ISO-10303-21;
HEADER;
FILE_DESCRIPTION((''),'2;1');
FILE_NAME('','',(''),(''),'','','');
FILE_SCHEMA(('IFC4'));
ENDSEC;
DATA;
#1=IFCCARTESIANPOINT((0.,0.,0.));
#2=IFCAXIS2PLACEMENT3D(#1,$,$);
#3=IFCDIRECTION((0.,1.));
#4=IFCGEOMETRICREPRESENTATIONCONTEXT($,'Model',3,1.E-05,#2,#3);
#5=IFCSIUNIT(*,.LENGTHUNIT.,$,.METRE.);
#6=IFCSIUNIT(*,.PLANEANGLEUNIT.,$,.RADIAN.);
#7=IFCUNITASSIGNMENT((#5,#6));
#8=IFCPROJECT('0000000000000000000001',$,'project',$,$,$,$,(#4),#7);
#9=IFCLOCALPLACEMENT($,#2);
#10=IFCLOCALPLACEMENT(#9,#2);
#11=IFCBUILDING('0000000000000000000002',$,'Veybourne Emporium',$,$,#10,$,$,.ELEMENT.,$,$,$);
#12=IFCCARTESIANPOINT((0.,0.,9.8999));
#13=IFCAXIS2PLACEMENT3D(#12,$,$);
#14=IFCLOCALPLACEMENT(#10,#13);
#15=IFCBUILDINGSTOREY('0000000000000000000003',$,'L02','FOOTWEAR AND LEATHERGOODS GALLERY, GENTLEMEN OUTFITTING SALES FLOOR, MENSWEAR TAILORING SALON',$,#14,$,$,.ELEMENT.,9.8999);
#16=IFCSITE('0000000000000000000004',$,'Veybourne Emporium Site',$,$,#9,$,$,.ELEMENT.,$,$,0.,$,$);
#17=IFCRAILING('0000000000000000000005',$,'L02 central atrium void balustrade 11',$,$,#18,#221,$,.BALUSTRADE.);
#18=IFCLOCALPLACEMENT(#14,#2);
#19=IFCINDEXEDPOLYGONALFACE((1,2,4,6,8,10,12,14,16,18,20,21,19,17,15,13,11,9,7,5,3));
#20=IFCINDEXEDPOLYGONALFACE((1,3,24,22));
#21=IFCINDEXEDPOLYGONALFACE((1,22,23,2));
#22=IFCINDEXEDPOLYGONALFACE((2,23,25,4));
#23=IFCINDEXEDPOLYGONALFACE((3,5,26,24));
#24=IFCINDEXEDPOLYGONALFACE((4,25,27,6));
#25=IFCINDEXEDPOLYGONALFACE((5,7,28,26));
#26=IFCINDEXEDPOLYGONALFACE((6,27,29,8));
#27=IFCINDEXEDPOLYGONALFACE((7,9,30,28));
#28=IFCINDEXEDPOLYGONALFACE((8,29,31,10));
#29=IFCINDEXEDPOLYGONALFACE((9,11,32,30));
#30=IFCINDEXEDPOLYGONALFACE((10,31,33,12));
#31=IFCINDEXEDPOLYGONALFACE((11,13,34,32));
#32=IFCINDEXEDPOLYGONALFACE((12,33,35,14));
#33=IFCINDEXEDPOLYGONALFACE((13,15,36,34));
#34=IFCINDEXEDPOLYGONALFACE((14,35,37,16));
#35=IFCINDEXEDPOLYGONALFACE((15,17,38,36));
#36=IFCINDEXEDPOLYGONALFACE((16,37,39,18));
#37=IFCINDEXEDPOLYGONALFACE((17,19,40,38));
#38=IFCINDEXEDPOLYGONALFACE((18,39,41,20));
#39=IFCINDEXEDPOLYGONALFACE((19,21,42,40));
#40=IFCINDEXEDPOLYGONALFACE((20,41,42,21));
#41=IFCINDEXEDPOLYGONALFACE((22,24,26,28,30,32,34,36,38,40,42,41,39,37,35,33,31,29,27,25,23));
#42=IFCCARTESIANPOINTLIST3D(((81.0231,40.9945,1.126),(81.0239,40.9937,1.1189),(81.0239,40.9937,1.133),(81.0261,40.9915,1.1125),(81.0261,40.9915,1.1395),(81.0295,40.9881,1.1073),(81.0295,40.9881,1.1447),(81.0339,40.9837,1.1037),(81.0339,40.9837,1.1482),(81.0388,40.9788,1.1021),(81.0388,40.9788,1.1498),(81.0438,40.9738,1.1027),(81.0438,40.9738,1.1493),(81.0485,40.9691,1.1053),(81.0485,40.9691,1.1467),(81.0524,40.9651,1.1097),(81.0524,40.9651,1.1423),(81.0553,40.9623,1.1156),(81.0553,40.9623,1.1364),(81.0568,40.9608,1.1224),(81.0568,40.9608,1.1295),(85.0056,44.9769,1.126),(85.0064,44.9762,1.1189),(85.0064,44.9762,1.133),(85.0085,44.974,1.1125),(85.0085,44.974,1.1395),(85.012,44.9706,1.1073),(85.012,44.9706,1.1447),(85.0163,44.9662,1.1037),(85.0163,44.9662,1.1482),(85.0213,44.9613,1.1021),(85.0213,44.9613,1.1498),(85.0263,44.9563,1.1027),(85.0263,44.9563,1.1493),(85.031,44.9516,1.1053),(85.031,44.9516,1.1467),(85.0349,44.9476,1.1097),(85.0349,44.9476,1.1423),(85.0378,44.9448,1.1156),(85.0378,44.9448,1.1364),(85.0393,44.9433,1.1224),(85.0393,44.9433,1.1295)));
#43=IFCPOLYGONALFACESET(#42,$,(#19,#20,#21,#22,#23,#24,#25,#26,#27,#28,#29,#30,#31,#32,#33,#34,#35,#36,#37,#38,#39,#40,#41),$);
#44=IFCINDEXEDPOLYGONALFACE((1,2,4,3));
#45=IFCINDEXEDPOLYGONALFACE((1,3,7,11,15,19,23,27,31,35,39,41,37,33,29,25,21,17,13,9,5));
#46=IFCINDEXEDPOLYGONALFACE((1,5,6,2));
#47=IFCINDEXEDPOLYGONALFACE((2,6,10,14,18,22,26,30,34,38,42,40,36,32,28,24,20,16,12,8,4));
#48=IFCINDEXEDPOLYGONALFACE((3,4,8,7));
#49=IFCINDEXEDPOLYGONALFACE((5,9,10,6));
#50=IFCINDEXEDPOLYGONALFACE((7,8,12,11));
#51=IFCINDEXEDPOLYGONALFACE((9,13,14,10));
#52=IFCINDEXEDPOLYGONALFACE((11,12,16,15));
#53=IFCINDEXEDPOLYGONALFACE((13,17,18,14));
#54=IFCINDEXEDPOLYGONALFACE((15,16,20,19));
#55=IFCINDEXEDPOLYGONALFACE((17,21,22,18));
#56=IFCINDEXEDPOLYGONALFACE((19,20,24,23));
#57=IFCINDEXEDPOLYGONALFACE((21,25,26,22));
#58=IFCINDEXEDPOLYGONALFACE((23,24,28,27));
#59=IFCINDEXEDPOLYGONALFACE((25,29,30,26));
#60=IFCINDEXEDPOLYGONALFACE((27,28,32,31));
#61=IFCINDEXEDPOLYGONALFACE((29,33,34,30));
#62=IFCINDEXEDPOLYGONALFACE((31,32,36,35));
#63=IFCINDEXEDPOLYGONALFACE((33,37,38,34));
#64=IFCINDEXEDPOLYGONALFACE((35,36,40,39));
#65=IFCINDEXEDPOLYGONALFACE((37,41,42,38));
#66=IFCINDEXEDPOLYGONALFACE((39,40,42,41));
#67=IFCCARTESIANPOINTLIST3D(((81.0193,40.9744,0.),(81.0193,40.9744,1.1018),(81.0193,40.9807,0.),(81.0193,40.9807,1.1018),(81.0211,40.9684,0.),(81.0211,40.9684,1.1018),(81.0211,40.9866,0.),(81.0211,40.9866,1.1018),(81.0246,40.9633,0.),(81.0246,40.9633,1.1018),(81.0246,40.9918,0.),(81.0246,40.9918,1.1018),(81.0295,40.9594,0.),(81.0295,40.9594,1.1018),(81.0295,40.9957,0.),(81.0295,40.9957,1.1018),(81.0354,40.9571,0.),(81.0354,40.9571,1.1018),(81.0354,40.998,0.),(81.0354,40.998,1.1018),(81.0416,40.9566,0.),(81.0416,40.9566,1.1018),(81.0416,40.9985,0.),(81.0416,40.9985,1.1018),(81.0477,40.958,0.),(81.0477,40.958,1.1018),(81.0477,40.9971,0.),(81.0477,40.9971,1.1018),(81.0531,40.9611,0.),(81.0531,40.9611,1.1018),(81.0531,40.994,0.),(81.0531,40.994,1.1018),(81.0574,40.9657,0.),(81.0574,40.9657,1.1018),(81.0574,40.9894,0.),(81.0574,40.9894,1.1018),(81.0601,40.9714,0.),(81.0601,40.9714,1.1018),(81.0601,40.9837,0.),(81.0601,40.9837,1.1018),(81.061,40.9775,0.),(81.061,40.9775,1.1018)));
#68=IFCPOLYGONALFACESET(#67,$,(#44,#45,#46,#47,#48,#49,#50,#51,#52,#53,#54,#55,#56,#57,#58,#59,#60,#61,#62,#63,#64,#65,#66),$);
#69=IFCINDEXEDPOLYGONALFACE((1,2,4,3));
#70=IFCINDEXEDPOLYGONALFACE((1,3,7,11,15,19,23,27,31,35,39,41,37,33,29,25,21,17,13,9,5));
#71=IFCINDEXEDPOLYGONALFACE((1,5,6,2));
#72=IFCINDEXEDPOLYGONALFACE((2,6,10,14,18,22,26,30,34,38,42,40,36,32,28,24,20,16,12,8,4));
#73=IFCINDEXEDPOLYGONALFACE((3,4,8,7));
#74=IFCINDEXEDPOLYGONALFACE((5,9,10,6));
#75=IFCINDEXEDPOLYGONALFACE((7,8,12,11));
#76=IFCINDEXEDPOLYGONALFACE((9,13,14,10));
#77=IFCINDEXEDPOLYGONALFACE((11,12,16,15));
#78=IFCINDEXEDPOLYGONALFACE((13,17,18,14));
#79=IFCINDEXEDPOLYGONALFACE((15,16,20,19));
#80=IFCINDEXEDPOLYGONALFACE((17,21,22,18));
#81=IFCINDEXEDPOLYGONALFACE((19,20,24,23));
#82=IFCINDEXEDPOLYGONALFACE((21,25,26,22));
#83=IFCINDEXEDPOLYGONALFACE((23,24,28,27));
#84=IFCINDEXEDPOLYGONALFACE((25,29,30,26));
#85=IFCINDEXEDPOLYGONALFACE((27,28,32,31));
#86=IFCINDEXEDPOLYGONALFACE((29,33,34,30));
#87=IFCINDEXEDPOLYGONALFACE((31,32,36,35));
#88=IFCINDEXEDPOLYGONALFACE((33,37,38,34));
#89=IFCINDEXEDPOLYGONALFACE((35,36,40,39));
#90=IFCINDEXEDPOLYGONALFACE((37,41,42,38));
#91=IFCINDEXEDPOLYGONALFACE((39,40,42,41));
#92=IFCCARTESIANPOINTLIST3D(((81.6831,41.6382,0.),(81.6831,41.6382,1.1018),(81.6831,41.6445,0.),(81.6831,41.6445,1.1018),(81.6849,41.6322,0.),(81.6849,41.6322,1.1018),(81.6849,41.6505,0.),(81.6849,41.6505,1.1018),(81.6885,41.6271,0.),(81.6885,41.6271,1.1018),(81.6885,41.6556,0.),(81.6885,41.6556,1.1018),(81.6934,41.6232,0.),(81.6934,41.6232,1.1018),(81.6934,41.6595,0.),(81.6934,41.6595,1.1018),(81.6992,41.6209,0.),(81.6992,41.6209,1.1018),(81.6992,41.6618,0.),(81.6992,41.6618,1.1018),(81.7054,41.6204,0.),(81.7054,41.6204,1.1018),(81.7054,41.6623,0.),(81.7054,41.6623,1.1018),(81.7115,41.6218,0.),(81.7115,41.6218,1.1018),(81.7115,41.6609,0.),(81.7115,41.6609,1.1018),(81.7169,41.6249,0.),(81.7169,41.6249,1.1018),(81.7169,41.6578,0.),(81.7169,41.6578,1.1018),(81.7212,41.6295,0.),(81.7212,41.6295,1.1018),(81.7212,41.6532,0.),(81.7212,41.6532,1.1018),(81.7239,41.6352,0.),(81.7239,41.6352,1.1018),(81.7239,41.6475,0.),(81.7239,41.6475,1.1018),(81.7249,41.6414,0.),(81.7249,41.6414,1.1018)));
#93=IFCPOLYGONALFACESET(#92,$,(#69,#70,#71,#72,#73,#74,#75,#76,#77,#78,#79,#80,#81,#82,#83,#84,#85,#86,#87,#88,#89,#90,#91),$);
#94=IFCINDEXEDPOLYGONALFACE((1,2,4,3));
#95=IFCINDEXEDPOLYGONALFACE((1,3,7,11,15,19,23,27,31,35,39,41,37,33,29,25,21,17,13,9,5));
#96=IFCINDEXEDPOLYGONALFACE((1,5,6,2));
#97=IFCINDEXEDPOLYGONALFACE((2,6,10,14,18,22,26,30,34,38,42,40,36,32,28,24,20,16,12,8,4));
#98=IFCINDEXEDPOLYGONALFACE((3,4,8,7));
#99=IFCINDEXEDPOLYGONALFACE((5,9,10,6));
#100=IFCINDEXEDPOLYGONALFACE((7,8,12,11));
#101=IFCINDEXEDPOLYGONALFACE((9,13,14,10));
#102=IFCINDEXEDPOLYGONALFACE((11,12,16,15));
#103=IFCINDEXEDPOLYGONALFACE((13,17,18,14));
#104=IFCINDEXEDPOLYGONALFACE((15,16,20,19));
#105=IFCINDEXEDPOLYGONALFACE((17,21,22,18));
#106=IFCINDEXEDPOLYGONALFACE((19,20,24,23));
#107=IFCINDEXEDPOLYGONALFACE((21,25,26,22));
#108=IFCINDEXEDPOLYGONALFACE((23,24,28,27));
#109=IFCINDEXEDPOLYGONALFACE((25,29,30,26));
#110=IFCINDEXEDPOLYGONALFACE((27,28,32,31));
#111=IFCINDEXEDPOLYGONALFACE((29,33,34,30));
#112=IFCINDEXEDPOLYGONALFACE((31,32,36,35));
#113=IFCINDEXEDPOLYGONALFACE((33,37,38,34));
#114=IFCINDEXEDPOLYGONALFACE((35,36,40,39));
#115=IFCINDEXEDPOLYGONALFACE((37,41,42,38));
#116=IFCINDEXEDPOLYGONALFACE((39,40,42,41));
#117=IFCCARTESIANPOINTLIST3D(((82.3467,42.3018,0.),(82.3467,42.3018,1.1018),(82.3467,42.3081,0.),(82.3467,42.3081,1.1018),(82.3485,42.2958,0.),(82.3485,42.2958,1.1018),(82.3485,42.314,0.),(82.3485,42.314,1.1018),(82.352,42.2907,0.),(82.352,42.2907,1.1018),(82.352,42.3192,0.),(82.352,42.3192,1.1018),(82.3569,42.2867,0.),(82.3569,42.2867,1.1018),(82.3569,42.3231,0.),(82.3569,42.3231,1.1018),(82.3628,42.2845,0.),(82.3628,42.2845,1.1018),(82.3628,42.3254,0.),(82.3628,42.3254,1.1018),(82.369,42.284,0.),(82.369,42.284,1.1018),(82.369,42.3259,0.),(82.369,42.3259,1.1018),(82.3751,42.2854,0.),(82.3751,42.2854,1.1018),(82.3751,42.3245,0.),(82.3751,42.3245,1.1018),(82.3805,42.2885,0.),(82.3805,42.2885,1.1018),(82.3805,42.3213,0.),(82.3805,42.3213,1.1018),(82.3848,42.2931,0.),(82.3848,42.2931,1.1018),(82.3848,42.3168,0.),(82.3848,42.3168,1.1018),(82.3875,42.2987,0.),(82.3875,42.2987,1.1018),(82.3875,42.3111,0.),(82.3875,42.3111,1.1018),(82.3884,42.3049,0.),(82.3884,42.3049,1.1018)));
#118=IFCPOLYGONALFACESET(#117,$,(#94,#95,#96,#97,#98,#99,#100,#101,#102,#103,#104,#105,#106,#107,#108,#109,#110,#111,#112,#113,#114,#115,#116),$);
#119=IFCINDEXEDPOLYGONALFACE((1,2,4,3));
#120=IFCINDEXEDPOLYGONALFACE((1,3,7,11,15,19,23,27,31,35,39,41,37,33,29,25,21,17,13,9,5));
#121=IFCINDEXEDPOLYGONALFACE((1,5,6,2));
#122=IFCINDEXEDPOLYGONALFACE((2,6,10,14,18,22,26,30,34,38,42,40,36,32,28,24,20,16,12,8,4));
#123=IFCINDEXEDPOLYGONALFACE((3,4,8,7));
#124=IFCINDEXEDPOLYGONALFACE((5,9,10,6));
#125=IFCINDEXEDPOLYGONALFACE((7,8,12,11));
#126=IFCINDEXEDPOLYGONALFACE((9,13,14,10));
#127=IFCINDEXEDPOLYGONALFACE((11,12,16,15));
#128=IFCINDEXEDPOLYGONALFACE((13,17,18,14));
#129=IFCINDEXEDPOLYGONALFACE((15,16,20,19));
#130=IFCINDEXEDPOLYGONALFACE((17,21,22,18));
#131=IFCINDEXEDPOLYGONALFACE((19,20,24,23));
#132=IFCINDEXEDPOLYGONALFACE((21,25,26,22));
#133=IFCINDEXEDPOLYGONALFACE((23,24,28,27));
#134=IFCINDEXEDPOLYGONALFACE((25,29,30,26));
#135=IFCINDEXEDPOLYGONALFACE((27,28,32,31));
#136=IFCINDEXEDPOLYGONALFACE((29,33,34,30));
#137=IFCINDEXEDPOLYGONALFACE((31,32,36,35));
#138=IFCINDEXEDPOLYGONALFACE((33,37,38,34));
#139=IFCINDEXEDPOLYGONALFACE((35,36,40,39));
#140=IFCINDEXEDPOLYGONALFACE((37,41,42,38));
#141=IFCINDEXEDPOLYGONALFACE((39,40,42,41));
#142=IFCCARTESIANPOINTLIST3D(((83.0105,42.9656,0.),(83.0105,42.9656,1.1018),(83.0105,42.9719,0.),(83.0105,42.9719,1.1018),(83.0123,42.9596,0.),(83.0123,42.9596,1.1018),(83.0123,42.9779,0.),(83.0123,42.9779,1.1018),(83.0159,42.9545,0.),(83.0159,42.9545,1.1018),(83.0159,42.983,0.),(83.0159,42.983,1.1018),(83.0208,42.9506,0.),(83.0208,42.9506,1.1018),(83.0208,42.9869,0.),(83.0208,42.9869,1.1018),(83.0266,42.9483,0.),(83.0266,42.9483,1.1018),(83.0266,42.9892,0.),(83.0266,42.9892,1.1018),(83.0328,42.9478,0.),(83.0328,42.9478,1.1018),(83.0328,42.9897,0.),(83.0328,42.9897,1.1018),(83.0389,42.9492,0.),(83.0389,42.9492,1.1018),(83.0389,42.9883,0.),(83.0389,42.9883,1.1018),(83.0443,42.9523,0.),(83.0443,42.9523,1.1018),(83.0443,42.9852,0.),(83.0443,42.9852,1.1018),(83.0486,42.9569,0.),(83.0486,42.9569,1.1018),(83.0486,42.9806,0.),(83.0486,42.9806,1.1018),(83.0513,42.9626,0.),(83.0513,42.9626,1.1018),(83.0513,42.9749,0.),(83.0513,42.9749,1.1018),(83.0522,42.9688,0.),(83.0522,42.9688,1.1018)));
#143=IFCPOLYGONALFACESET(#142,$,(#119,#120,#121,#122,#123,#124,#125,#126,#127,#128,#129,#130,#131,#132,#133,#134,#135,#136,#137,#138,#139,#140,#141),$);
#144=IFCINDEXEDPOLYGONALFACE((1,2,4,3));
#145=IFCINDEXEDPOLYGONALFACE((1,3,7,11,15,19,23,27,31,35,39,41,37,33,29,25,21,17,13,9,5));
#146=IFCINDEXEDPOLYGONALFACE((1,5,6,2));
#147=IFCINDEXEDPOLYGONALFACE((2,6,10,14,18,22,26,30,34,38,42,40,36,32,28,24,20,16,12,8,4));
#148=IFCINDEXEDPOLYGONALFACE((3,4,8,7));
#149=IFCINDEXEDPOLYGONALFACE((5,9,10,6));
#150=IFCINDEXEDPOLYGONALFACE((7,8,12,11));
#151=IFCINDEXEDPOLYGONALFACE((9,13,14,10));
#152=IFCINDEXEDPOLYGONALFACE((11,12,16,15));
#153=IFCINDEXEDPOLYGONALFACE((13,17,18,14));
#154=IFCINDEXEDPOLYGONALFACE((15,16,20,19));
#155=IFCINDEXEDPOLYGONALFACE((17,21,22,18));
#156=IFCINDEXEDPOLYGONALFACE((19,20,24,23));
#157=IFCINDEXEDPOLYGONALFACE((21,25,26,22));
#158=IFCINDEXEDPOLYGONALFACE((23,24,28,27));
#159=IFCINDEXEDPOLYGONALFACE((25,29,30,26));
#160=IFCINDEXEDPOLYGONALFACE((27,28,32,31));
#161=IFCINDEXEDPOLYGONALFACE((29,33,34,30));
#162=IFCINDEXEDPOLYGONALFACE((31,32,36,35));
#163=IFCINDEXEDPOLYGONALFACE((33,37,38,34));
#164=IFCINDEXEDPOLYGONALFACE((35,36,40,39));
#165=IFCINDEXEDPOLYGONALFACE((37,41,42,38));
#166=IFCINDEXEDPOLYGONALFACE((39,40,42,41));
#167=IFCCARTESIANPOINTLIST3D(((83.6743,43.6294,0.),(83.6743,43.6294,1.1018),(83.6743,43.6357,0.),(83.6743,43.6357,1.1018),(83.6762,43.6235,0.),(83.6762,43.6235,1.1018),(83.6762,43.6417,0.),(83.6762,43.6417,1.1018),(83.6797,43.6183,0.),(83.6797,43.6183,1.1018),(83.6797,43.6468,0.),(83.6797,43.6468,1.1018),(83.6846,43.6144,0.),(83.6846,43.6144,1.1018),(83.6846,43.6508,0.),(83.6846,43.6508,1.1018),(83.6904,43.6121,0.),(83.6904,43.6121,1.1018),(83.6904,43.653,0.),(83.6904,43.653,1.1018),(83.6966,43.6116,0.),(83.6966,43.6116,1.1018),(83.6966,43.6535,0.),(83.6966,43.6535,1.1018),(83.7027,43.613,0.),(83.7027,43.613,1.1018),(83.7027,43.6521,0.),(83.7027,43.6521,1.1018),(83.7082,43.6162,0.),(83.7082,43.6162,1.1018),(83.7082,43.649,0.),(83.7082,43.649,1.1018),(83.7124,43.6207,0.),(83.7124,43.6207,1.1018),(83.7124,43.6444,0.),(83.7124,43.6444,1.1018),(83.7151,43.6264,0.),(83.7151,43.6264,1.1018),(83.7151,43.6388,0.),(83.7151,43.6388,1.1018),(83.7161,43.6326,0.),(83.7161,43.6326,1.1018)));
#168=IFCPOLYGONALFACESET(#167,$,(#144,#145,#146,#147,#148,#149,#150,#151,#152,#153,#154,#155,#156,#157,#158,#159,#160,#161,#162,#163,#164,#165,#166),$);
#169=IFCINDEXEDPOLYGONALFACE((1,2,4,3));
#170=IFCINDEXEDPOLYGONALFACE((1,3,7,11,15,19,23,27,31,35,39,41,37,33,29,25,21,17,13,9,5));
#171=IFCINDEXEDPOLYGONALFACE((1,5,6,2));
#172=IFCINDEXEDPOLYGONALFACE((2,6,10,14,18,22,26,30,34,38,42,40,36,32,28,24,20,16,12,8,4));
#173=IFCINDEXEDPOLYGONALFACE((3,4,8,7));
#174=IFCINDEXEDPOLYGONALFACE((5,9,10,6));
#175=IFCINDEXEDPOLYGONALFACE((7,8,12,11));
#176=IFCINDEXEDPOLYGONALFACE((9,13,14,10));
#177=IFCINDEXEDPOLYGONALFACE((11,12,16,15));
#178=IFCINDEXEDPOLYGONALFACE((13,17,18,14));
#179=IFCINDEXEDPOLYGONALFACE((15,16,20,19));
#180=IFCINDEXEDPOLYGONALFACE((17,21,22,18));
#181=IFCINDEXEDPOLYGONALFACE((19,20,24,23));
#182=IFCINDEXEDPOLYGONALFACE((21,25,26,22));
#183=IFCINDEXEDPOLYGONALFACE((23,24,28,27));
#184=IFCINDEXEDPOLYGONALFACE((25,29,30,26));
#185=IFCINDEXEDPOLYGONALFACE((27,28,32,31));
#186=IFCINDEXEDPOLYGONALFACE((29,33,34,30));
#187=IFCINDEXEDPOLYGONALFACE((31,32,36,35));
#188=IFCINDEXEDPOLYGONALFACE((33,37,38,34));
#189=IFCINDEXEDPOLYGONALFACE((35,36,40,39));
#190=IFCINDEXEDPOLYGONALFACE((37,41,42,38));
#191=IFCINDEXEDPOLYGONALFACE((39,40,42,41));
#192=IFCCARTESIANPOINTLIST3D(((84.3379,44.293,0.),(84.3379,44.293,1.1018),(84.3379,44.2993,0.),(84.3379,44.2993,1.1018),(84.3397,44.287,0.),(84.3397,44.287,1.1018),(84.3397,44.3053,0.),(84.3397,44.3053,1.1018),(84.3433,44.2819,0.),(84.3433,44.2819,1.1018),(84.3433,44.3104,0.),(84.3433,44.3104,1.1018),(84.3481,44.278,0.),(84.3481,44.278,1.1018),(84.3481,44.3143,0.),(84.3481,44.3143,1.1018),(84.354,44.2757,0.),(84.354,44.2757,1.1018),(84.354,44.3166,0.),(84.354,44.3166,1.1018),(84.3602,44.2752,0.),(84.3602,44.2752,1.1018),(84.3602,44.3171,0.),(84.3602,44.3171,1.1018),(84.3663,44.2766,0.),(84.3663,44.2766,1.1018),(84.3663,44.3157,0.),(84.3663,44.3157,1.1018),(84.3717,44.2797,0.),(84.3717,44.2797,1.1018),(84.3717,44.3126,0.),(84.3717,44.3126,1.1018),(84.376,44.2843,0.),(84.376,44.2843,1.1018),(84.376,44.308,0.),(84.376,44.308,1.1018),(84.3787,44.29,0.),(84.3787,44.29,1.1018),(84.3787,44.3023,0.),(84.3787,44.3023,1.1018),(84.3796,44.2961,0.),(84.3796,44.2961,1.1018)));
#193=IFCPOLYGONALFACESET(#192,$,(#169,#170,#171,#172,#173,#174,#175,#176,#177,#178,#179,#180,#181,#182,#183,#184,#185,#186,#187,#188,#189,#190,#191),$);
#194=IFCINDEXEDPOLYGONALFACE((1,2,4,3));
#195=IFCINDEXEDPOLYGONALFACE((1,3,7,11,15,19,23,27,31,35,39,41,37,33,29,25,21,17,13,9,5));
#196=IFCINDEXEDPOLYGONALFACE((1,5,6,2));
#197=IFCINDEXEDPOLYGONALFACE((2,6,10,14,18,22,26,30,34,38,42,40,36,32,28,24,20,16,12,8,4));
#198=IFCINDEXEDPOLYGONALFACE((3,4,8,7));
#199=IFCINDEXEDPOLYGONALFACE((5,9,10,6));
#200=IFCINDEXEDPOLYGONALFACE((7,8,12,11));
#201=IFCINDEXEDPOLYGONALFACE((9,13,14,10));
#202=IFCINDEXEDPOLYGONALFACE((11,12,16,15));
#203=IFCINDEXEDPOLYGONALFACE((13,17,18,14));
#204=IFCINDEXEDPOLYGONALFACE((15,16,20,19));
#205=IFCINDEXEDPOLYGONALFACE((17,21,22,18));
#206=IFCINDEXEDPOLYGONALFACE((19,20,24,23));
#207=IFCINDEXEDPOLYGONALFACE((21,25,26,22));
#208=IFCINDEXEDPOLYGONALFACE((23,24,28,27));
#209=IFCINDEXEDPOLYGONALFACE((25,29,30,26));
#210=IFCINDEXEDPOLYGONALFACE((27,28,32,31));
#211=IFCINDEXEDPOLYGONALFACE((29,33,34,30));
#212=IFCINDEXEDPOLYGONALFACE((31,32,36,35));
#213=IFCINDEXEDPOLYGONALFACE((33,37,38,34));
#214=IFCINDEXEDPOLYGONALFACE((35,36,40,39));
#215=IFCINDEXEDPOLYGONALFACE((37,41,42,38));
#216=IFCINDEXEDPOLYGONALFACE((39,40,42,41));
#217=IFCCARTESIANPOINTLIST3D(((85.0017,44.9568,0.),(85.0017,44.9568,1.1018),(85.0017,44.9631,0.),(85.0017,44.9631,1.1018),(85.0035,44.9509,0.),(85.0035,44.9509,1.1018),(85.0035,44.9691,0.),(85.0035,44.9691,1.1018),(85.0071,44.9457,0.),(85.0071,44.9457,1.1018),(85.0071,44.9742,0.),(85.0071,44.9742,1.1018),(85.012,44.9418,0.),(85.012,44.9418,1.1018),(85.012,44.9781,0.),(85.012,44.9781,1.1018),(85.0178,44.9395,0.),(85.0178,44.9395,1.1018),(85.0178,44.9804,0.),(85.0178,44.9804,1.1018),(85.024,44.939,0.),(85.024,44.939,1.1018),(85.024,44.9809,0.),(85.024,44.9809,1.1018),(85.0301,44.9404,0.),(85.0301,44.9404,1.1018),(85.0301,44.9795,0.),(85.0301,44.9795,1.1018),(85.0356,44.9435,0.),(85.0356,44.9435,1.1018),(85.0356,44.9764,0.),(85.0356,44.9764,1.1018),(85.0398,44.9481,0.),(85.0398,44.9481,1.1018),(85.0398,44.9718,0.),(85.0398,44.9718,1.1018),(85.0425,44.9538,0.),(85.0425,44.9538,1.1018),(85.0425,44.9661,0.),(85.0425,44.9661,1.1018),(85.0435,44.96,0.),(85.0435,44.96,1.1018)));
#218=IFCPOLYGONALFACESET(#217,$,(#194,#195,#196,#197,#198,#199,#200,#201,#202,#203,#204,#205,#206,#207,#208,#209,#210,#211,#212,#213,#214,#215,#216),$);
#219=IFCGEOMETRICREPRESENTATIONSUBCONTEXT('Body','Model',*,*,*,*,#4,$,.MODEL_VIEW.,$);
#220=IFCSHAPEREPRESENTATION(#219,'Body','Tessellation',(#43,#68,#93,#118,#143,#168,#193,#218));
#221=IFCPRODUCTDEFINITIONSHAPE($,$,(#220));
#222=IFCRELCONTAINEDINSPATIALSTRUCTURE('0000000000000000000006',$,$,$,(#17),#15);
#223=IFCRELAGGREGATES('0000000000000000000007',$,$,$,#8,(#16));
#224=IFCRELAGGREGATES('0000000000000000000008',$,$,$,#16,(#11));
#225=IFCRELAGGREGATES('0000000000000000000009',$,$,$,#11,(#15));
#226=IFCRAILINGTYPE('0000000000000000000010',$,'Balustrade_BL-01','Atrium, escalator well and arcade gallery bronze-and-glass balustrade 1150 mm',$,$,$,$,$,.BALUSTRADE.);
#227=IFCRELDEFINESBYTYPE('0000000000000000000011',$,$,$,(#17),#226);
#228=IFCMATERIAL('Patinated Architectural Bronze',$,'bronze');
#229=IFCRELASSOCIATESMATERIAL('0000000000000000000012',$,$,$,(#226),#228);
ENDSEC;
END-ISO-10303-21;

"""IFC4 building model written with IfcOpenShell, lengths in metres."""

from ifc_helpers import new_model, si_unit, direction, frame, origin, origin_2d, place, context, subcontext, project, spatial, circle, extrude, material, type_object, element, save


model = new_model("IFC4")

# Units and contexts
model_context = context("Model", 3, precision=1e-05, world=origin(), true_north=direction((0.0, 1.0)))
body_context = subcontext(model_context, "Body", "Model", "MODEL_VIEW")
ifc_project = project(units=[si_unit("LENGTHUNIT", "METRE"), si_unit("PLANEANGLEUNIT", "RADIAN")], contexts=[model_context])

# Site, building, storey
site_placement = place(None, origin())
site = spatial("IfcSite", under=ifc_project, at=site_placement, Name="Veybourne Emporium Site", CompositionType="ELEMENT", RefElevation=0.0)
building_placement = place(site_placement, origin())
building = spatial("IfcBuilding", under=site, at=building_placement, Name="Veybourne Emporium", CompositionType="ELEMENT")
storey_placement = place(building_placement, frame((0.0, 0.0, 9.8999)))
storey = spatial("IfcBuildingStorey", under=building, at=storey_placement, Name="L02", Description="FOOTWEAR AND LEATHERGOODS GALLERY, GENTLEMEN OUTFITTING SALES FLOOR, MENSWEAR TAILORING SALON", CompositionType="ELEMENT", Elevation=9.8999)

# Railing
ifc_material_1 = material(Name="Patinated Architectural Bronze", Category="bronze")
railing_type = type_object("IfcRailingType", Name="Balustrade_BL-01", Description="Atrium, escalator well and arcade gallery bronze-and-glass balustrade 1150 mm", PredefinedType="BALUSTRADE", material=ifc_material_1)
railing_1_placement = place(storey_placement, frame((81.04, 40.9775, 0.0)))
element("IfcRailing", 1, at=railing_1_placement, inside=storey, type_object=railing_type, Name="L02 central atrium void balustrade 11", PredefinedType="BALUSTRADE", context=body_context, shape_type="SweptSolid", body=[
    extrude(circle(Radius=0.0239, at=origin_2d()), frame((0.0, 0.0, 1.126), z_axis=(0.707107, 0.707107, 0.0), x_axis=(-0.707107, 0.707107, 0.0)), (0.0, 0.0, 1.0), 5.6321),
    extrude(circle(Radius=0.021, at=origin_2d()), origin(), (0.0, 0.0, 1.0), 1.1018),
    extrude(circle(Radius=0.021, at=origin_2d()), frame((0.6638, 0.6638, 0.0)), (0.0, 0.0, 1.0), 1.1018),
    extrude(circle(Radius=0.021, at=origin_2d()), frame((1.3274, 1.3274, 0.0)), (0.0, 0.0, 1.0), 1.1018),
    extrude(circle(Radius=0.021, at=origin_2d()), frame((1.9912, 1.9912, 0.0)), (0.0, 0.0, 1.0), 1.1018),
    extrude(circle(Radius=0.021, at=origin_2d()), frame((2.655, 2.655, 0.0)), (0.0, 0.0, 1.0), 1.1018),
    extrude(circle(Radius=0.021, at=origin_2d()), frame((3.3186, 3.3186, 0.0)), (0.0, 0.0, 1.0), 1.1018),
    extrude(circle(Radius=0.021, at=origin_2d()), frame((3.9824, 3.9824, 0.0)), (0.0, 0.0, 1.0), 1.1018),
])

save(model, "model.ifc")
